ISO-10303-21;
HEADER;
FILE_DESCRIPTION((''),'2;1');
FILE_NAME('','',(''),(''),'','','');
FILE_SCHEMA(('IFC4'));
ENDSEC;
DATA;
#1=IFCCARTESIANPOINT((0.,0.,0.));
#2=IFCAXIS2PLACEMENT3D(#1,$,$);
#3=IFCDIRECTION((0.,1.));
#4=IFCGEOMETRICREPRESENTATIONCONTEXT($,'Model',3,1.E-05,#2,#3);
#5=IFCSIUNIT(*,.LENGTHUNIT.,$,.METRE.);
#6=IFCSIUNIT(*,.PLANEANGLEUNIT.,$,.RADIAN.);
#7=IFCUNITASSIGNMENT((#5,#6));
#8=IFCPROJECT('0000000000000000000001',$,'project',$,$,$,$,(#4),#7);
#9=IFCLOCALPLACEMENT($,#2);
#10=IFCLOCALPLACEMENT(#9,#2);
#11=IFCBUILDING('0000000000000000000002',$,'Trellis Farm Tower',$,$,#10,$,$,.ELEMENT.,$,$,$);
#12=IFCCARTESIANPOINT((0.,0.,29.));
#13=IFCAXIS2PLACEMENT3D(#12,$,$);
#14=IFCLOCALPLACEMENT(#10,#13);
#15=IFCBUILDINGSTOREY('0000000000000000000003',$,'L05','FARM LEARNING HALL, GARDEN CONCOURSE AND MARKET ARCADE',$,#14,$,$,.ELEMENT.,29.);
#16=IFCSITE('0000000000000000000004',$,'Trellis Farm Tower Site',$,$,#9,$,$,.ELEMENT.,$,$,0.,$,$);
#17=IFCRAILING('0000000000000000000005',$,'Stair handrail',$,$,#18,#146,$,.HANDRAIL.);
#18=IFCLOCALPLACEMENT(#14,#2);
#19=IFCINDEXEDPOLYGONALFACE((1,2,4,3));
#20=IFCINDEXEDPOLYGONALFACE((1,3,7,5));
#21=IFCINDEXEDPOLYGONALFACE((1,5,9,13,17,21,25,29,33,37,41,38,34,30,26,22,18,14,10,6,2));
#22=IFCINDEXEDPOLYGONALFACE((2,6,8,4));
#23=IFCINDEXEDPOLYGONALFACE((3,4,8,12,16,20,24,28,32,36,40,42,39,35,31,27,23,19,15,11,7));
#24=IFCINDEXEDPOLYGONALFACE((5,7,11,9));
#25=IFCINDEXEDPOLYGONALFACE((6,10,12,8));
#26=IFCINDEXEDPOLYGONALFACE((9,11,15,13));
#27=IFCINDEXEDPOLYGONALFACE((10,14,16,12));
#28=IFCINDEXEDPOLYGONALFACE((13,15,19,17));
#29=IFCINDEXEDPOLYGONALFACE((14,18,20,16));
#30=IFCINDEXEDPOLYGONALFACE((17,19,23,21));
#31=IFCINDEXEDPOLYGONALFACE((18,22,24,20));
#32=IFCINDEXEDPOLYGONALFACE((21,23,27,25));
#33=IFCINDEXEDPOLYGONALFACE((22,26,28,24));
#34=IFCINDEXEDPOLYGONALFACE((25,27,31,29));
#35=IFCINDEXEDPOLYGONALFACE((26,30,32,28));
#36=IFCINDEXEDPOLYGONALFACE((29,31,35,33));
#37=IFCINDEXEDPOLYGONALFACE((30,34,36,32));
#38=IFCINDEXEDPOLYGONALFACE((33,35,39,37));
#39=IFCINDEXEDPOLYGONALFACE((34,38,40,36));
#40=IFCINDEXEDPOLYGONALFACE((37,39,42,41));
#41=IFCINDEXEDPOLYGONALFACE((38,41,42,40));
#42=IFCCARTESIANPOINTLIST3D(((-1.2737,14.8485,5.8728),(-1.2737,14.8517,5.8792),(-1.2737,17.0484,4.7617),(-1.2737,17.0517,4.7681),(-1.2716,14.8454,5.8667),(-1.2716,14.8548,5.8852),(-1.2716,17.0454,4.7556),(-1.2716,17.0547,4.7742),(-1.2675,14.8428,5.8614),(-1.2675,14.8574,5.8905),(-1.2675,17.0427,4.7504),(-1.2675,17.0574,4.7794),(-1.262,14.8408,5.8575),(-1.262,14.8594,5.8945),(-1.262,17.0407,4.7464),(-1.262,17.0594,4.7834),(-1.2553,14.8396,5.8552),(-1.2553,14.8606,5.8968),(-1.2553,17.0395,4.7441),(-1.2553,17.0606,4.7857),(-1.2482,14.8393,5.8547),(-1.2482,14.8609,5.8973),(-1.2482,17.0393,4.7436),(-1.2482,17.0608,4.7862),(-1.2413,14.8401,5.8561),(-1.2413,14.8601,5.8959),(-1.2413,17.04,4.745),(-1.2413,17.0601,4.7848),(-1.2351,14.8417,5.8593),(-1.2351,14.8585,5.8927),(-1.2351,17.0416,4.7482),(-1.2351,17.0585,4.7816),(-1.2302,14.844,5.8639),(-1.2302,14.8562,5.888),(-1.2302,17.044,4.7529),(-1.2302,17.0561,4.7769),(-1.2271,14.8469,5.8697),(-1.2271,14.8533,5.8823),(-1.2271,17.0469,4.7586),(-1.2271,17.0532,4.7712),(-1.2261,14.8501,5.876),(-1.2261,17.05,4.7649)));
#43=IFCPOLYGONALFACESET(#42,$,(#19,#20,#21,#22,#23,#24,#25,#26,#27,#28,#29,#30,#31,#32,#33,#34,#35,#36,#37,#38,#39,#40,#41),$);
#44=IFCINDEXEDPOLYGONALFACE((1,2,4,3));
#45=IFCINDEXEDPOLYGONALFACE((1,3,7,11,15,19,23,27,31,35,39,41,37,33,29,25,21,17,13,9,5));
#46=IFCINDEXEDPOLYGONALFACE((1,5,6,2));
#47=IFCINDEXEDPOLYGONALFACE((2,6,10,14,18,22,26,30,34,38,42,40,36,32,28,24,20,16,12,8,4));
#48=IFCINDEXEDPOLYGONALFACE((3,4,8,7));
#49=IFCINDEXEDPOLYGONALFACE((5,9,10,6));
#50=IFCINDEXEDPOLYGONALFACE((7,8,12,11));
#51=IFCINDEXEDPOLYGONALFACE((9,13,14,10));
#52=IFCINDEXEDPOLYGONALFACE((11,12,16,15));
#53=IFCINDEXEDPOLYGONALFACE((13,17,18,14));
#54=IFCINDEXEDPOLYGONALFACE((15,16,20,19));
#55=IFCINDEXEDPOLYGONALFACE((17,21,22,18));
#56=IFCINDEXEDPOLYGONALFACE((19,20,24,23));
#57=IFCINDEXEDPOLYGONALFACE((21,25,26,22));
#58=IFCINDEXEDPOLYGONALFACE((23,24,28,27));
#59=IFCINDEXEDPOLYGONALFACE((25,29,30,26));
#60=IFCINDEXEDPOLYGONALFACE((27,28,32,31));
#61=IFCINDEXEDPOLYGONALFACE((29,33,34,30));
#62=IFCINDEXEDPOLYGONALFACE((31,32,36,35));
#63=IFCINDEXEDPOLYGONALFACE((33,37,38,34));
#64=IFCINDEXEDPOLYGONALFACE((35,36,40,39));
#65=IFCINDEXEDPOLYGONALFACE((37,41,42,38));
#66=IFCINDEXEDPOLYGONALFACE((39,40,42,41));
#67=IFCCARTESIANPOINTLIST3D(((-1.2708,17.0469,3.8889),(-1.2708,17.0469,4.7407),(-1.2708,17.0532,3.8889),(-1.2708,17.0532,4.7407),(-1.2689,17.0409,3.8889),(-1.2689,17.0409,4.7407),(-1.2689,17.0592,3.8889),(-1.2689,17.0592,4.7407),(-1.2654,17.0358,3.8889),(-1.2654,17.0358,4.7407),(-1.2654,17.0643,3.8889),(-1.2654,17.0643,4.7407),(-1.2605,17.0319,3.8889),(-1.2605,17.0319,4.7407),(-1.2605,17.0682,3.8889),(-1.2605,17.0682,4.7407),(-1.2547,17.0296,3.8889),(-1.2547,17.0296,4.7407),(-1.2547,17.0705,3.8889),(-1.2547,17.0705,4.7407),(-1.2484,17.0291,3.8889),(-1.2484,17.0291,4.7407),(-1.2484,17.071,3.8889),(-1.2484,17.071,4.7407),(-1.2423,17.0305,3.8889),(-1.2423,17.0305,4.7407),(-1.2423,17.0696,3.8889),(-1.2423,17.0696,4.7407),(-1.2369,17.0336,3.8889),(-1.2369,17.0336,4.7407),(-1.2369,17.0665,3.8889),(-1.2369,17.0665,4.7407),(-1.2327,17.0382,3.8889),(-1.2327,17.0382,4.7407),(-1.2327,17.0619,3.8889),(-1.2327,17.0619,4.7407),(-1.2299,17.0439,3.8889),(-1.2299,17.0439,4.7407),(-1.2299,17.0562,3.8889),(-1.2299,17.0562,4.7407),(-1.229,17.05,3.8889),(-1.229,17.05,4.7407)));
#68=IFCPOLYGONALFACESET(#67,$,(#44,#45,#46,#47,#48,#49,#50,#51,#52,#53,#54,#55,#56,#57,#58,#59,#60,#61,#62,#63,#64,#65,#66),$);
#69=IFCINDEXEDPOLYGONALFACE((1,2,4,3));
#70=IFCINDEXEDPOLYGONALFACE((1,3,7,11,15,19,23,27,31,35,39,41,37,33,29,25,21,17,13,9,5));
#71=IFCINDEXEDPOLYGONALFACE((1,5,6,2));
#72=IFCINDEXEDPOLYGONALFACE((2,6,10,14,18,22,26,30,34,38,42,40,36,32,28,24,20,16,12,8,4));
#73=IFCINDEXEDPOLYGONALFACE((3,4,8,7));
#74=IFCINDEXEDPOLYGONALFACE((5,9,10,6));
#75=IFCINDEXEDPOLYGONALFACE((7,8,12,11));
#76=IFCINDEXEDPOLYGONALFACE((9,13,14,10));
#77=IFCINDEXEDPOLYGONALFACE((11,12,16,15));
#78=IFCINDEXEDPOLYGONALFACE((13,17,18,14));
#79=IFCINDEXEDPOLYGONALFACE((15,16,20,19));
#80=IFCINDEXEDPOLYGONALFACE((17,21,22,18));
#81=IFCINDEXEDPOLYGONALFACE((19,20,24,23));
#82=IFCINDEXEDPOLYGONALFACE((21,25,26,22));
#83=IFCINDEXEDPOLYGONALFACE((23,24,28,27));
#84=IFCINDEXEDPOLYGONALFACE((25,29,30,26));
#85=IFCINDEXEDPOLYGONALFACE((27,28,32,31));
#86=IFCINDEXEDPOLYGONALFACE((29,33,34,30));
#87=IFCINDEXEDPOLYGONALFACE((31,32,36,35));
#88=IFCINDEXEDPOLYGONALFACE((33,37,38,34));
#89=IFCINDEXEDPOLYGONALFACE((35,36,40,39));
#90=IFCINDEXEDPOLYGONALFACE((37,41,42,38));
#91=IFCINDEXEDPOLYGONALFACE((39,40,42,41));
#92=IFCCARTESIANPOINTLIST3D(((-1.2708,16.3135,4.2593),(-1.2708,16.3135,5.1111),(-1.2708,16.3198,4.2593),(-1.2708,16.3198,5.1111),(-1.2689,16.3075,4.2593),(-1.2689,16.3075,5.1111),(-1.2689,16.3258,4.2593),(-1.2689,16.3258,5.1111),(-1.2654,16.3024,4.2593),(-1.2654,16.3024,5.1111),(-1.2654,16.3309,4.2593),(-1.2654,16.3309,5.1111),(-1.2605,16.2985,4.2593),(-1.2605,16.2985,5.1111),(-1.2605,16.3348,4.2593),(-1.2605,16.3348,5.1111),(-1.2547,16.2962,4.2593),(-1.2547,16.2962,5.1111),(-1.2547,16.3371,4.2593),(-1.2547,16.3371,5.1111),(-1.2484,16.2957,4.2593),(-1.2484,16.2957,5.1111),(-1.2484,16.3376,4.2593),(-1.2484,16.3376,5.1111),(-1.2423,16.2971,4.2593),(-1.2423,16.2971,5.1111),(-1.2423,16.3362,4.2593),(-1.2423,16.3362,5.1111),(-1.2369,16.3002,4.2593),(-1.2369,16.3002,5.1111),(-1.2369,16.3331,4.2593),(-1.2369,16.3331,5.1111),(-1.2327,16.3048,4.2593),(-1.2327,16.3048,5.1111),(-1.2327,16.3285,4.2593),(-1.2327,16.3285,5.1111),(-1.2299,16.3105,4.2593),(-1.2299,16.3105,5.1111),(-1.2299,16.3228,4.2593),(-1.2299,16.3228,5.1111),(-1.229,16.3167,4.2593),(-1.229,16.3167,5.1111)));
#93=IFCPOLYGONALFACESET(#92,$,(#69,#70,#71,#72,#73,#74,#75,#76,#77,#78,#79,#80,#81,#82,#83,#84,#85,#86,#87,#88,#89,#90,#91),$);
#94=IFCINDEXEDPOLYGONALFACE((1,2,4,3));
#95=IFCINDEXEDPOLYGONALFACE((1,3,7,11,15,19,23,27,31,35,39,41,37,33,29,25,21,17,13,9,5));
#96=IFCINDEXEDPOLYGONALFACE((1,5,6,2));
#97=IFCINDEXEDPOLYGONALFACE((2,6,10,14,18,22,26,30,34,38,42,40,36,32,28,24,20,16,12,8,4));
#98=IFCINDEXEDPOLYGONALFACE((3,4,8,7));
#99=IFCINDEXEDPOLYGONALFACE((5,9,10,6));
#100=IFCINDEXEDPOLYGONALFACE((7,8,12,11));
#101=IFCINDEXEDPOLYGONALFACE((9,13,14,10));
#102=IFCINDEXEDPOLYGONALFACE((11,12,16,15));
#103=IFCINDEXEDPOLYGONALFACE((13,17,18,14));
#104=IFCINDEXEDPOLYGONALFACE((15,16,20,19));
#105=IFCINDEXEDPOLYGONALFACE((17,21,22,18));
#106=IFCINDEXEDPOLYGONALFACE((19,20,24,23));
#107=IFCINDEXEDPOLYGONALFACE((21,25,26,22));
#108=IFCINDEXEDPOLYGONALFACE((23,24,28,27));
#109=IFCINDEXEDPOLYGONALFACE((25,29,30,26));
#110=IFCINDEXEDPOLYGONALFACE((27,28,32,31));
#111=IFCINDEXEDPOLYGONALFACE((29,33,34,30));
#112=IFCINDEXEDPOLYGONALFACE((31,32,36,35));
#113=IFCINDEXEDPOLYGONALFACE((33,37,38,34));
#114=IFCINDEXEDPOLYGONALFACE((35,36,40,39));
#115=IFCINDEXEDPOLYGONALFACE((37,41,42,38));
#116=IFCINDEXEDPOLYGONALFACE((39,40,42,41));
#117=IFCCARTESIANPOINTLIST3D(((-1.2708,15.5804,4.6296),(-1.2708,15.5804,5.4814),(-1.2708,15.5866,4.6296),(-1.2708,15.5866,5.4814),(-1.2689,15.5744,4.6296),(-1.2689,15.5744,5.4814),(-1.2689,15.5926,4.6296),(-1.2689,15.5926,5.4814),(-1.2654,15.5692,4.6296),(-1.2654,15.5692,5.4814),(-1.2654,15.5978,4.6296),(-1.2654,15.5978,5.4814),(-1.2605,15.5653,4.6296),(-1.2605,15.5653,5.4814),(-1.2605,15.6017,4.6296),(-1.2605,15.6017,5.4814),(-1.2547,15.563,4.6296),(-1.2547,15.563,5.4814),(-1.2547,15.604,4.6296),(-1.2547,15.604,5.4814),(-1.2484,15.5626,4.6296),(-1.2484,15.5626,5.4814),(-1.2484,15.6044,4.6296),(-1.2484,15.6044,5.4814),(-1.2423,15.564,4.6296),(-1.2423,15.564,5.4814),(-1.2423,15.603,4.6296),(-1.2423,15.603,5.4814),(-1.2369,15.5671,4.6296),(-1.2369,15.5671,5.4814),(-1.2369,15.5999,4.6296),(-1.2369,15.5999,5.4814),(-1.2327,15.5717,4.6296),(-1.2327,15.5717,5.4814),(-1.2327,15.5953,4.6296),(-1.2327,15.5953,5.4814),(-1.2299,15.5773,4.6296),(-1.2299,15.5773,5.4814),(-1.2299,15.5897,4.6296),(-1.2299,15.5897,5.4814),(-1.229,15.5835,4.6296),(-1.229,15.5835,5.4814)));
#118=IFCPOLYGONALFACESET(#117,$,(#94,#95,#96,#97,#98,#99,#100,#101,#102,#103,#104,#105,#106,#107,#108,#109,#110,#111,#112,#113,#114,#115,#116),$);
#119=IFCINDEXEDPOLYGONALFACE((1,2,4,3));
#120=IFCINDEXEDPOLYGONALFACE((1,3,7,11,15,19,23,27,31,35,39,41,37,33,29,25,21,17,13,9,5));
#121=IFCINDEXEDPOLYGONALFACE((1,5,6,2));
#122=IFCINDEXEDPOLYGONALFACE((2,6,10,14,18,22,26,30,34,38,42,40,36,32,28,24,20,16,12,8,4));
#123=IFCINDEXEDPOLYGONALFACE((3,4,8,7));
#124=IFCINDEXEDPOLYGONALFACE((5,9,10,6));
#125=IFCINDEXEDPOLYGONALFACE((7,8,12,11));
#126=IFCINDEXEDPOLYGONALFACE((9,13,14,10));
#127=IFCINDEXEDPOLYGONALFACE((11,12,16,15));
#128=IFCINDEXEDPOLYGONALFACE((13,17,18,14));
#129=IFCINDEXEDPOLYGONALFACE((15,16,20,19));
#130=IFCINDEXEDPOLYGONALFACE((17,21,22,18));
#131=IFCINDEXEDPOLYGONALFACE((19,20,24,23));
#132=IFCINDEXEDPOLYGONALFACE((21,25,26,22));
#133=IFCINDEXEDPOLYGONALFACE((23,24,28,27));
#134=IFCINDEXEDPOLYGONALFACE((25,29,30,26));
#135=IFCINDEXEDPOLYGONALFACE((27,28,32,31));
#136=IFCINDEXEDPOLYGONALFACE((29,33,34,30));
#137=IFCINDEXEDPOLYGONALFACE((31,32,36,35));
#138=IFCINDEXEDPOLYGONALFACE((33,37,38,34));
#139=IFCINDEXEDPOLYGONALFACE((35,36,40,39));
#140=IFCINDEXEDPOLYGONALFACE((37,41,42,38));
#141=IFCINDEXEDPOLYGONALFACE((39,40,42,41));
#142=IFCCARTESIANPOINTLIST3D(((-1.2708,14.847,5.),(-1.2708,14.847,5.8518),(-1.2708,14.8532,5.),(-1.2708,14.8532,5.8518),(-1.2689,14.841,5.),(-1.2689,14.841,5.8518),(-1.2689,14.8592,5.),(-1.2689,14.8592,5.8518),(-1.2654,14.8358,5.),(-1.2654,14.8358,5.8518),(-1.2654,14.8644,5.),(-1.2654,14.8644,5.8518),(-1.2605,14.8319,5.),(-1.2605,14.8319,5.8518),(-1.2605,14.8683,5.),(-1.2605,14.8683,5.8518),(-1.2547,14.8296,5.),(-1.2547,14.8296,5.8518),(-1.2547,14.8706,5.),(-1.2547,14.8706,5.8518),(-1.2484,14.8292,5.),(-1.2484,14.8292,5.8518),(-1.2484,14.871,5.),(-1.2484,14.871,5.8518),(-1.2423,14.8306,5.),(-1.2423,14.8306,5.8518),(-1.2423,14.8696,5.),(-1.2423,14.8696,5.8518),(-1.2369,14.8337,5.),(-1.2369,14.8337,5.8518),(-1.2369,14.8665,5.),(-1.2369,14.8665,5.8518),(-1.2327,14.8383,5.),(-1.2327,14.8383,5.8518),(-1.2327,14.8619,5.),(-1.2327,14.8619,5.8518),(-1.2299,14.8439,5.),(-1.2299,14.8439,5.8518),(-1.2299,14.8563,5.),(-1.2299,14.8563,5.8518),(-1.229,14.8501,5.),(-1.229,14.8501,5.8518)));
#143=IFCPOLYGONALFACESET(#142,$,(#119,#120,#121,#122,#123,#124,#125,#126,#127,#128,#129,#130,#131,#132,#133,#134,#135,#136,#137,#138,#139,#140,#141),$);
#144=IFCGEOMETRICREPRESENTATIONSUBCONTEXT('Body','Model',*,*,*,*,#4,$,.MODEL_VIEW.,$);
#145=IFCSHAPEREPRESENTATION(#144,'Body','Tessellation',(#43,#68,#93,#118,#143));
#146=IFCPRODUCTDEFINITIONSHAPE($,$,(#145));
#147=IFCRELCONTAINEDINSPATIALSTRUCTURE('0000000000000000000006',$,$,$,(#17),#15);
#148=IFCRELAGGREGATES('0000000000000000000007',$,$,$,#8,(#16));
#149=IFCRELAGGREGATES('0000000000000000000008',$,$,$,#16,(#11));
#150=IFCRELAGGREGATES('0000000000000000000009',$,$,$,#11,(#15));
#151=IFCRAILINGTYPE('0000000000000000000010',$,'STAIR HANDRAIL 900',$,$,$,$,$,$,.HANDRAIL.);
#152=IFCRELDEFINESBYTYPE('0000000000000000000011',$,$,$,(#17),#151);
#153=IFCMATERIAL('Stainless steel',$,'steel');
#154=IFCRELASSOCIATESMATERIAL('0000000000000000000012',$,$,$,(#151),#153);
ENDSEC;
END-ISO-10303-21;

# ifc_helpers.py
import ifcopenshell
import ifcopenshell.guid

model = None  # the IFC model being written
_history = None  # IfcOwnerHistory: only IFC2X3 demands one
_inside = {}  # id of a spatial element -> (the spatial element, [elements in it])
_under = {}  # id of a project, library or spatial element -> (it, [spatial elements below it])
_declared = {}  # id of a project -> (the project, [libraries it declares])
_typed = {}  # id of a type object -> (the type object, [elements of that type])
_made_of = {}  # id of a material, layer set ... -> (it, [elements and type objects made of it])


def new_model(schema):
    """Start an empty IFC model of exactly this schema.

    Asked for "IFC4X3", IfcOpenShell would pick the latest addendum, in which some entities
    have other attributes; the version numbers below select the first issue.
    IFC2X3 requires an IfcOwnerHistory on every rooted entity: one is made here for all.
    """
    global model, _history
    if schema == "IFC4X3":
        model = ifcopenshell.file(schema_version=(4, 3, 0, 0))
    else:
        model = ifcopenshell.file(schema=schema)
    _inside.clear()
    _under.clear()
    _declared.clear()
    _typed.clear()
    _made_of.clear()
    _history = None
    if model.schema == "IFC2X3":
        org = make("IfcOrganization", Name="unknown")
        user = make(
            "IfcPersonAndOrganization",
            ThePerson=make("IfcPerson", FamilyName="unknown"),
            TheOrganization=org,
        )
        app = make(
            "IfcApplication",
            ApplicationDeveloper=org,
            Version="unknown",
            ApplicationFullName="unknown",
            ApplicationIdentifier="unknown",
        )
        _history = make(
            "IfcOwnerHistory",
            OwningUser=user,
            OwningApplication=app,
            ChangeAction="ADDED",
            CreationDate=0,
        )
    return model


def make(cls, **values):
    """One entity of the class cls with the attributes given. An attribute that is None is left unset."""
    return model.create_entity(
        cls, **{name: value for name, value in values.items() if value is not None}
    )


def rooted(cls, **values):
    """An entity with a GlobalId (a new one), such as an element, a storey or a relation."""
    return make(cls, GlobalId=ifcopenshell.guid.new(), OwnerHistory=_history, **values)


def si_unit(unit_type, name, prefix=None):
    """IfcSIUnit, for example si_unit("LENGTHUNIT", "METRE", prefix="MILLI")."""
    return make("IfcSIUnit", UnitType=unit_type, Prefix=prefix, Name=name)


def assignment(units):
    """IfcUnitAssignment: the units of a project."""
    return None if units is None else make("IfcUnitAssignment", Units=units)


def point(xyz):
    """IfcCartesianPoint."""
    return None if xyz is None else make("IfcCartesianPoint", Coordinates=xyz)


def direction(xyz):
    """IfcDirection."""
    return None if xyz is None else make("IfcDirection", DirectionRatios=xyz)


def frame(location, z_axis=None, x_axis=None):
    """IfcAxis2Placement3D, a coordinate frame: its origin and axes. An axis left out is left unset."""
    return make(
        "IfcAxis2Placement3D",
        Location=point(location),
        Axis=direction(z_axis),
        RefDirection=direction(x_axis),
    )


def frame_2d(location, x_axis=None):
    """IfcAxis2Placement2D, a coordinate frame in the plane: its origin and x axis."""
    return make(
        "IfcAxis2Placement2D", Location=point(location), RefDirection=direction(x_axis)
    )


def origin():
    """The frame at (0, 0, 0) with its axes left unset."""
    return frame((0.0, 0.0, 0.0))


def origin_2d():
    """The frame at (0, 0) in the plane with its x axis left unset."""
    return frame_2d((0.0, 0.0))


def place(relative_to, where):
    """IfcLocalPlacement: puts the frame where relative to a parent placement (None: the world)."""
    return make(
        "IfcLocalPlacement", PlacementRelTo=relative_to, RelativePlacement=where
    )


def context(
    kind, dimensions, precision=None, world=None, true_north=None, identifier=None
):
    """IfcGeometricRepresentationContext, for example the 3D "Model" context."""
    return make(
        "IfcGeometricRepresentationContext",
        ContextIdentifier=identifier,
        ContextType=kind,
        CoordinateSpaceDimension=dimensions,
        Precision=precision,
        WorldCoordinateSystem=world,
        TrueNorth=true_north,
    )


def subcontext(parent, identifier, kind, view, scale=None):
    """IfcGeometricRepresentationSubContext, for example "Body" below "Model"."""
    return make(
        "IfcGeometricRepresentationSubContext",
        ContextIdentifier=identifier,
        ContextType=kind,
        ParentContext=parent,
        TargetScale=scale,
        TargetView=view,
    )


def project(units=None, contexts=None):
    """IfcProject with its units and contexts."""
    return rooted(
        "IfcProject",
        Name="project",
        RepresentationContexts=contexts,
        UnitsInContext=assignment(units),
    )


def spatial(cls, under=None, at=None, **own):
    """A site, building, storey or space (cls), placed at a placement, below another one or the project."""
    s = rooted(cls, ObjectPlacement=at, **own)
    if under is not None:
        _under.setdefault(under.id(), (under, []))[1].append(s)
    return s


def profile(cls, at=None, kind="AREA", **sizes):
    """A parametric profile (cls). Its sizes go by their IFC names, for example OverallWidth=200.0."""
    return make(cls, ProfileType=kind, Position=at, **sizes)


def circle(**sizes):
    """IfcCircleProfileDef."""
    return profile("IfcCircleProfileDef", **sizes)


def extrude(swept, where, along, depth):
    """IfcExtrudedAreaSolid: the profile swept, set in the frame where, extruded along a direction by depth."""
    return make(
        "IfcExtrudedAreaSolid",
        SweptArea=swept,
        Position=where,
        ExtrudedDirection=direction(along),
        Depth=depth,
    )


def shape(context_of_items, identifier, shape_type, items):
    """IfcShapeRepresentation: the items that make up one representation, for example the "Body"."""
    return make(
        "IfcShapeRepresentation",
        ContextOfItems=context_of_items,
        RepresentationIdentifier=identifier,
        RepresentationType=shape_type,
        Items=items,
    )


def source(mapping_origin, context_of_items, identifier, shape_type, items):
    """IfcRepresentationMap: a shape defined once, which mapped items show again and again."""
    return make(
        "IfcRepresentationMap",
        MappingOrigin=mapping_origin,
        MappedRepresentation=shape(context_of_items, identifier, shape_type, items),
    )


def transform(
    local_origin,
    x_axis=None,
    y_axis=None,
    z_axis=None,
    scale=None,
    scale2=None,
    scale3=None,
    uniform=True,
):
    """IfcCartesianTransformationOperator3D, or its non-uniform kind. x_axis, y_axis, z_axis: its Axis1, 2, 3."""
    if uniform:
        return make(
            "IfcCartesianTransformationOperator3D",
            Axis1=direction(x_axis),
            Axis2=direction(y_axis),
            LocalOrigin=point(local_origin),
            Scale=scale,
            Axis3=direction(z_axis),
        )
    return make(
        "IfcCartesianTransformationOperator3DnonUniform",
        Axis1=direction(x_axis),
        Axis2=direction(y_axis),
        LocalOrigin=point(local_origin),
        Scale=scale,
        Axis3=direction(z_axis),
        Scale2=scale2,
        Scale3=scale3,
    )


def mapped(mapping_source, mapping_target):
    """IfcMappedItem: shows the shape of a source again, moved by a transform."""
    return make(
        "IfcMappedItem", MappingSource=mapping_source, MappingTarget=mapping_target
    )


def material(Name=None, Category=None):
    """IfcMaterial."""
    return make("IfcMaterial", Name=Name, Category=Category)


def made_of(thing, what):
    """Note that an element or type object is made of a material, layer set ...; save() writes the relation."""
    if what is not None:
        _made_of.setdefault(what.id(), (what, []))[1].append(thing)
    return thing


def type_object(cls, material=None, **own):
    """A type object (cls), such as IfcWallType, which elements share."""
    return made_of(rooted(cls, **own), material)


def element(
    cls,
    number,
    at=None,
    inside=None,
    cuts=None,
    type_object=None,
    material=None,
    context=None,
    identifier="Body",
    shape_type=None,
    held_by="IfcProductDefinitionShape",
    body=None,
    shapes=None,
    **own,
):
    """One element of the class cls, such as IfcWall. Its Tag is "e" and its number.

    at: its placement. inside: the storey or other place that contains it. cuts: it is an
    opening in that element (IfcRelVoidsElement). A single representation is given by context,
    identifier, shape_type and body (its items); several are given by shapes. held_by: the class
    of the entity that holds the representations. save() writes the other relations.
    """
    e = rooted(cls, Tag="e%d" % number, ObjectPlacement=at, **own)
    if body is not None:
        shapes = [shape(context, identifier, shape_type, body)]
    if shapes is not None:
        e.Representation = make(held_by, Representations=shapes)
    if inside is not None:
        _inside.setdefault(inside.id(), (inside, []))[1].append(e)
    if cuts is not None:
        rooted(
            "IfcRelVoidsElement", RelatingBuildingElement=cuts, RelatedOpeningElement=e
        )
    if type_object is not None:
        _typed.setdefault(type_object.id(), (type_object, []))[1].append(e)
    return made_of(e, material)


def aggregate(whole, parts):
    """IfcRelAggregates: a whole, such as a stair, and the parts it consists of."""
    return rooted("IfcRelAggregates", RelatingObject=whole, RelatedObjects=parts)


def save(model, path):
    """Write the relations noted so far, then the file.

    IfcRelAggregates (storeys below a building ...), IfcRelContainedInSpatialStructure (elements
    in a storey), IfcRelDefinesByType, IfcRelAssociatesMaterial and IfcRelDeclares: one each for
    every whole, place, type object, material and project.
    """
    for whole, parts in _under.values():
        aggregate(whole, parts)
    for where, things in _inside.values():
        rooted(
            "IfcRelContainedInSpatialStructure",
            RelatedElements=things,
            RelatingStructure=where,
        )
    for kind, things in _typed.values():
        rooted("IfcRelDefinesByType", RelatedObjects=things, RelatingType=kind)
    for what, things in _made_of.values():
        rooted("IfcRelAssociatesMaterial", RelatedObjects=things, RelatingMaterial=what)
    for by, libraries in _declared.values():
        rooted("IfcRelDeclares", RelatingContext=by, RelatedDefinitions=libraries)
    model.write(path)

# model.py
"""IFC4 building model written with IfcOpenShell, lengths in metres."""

from ifc_helpers import new_model, si_unit, direction, frame, origin, origin_2d, place, context, subcontext, project, spatial, circle, extrude, source, transform, mapped, material, type_object, element, save


model = new_model("IFC4")

# Units and contexts
model_context = context("Model", 3, precision=1e-05, world=origin(), true_north=direction((0.0, 1.0)))
body_context = subcontext(model_context, "Body", "Model", "MODEL_VIEW")
ifc_project = project(units=[si_unit("LENGTHUNIT", "METRE"), si_unit("PLANEANGLEUNIT", "RADIAN")], contexts=[model_context])

# Site, building, storey
site_placement = place(None, origin())
site = spatial("IfcSite", under=ifc_project, at=site_placement, Name="Trellis Farm Tower Site", CompositionType="ELEMENT", RefElevation=0.0)
building_placement = place(site_placement, origin())
building = spatial("IfcBuilding", under=site, at=building_placement, Name="Trellis Farm Tower", CompositionType="ELEMENT")
storey_placement = place(building_placement, frame((0.0, 0.0, 29.0)))
storey = spatial("IfcBuildingStorey", under=building, at=storey_placement, Name="L05", Description="FARM LEARNING HALL, GARDEN CONCOURSE AND MARKET ARCADE", CompositionType="ELEMENT", Elevation=29.0)

# Railing
ifc_material_1 = material(Name="Stainless steel", Category="steel")
railing_type = type_object("IfcRailingType", Name="STAIR HANDRAIL 900", PredefinedType="HANDRAIL", material=ifc_material_1)
shared_shape_1 = source(origin(), body_context, "Body", "SweptSolid", [
    extrude(circle(Radius=0.0239, at=origin_2d()), frame((0.0, 0.0, 0.876), z_axis=(0.0, -0.892617, 0.450816), x_axis=(1.0, 0.0, 0.0)), (0.0, 0.0, 1.0), 2.4646),
    extrude(circle(Radius=0.021, at=origin_2d()), origin(), (0.0, 0.0, 1.0), 0.8518),
    extrude(circle(Radius=0.021, at=origin_2d()), frame((0.0, -0.7334, 0.3704)), (0.0, 0.0, 1.0), 0.8518),
    extrude(circle(Radius=0.021, at=origin_2d()), frame((0.0, -1.4666, 0.7407)), (0.0, 0.0, 1.0), 0.8518),
    extrude(circle(Radius=0.021, at=origin_2d()), frame((0.0, -2.2, 1.1111)), (0.0, 0.0, 1.0), 0.8518),
])
for number, where, name in (
    (1, (-1.25, 17.05, 3.8889), "Stair handrail"),
):
    element("IfcRailing", number, at=place(storey_placement, frame(where)), inside=storey, type_object=railing_type, Name=name, PredefinedType="HANDRAIL", context=body_context, shape_type="MappedRepresentation", body=[
        mapped(shared_shape_1, transform((0.0, 0.0, 0.0))),
    ])

save(model, "model.ifc")
